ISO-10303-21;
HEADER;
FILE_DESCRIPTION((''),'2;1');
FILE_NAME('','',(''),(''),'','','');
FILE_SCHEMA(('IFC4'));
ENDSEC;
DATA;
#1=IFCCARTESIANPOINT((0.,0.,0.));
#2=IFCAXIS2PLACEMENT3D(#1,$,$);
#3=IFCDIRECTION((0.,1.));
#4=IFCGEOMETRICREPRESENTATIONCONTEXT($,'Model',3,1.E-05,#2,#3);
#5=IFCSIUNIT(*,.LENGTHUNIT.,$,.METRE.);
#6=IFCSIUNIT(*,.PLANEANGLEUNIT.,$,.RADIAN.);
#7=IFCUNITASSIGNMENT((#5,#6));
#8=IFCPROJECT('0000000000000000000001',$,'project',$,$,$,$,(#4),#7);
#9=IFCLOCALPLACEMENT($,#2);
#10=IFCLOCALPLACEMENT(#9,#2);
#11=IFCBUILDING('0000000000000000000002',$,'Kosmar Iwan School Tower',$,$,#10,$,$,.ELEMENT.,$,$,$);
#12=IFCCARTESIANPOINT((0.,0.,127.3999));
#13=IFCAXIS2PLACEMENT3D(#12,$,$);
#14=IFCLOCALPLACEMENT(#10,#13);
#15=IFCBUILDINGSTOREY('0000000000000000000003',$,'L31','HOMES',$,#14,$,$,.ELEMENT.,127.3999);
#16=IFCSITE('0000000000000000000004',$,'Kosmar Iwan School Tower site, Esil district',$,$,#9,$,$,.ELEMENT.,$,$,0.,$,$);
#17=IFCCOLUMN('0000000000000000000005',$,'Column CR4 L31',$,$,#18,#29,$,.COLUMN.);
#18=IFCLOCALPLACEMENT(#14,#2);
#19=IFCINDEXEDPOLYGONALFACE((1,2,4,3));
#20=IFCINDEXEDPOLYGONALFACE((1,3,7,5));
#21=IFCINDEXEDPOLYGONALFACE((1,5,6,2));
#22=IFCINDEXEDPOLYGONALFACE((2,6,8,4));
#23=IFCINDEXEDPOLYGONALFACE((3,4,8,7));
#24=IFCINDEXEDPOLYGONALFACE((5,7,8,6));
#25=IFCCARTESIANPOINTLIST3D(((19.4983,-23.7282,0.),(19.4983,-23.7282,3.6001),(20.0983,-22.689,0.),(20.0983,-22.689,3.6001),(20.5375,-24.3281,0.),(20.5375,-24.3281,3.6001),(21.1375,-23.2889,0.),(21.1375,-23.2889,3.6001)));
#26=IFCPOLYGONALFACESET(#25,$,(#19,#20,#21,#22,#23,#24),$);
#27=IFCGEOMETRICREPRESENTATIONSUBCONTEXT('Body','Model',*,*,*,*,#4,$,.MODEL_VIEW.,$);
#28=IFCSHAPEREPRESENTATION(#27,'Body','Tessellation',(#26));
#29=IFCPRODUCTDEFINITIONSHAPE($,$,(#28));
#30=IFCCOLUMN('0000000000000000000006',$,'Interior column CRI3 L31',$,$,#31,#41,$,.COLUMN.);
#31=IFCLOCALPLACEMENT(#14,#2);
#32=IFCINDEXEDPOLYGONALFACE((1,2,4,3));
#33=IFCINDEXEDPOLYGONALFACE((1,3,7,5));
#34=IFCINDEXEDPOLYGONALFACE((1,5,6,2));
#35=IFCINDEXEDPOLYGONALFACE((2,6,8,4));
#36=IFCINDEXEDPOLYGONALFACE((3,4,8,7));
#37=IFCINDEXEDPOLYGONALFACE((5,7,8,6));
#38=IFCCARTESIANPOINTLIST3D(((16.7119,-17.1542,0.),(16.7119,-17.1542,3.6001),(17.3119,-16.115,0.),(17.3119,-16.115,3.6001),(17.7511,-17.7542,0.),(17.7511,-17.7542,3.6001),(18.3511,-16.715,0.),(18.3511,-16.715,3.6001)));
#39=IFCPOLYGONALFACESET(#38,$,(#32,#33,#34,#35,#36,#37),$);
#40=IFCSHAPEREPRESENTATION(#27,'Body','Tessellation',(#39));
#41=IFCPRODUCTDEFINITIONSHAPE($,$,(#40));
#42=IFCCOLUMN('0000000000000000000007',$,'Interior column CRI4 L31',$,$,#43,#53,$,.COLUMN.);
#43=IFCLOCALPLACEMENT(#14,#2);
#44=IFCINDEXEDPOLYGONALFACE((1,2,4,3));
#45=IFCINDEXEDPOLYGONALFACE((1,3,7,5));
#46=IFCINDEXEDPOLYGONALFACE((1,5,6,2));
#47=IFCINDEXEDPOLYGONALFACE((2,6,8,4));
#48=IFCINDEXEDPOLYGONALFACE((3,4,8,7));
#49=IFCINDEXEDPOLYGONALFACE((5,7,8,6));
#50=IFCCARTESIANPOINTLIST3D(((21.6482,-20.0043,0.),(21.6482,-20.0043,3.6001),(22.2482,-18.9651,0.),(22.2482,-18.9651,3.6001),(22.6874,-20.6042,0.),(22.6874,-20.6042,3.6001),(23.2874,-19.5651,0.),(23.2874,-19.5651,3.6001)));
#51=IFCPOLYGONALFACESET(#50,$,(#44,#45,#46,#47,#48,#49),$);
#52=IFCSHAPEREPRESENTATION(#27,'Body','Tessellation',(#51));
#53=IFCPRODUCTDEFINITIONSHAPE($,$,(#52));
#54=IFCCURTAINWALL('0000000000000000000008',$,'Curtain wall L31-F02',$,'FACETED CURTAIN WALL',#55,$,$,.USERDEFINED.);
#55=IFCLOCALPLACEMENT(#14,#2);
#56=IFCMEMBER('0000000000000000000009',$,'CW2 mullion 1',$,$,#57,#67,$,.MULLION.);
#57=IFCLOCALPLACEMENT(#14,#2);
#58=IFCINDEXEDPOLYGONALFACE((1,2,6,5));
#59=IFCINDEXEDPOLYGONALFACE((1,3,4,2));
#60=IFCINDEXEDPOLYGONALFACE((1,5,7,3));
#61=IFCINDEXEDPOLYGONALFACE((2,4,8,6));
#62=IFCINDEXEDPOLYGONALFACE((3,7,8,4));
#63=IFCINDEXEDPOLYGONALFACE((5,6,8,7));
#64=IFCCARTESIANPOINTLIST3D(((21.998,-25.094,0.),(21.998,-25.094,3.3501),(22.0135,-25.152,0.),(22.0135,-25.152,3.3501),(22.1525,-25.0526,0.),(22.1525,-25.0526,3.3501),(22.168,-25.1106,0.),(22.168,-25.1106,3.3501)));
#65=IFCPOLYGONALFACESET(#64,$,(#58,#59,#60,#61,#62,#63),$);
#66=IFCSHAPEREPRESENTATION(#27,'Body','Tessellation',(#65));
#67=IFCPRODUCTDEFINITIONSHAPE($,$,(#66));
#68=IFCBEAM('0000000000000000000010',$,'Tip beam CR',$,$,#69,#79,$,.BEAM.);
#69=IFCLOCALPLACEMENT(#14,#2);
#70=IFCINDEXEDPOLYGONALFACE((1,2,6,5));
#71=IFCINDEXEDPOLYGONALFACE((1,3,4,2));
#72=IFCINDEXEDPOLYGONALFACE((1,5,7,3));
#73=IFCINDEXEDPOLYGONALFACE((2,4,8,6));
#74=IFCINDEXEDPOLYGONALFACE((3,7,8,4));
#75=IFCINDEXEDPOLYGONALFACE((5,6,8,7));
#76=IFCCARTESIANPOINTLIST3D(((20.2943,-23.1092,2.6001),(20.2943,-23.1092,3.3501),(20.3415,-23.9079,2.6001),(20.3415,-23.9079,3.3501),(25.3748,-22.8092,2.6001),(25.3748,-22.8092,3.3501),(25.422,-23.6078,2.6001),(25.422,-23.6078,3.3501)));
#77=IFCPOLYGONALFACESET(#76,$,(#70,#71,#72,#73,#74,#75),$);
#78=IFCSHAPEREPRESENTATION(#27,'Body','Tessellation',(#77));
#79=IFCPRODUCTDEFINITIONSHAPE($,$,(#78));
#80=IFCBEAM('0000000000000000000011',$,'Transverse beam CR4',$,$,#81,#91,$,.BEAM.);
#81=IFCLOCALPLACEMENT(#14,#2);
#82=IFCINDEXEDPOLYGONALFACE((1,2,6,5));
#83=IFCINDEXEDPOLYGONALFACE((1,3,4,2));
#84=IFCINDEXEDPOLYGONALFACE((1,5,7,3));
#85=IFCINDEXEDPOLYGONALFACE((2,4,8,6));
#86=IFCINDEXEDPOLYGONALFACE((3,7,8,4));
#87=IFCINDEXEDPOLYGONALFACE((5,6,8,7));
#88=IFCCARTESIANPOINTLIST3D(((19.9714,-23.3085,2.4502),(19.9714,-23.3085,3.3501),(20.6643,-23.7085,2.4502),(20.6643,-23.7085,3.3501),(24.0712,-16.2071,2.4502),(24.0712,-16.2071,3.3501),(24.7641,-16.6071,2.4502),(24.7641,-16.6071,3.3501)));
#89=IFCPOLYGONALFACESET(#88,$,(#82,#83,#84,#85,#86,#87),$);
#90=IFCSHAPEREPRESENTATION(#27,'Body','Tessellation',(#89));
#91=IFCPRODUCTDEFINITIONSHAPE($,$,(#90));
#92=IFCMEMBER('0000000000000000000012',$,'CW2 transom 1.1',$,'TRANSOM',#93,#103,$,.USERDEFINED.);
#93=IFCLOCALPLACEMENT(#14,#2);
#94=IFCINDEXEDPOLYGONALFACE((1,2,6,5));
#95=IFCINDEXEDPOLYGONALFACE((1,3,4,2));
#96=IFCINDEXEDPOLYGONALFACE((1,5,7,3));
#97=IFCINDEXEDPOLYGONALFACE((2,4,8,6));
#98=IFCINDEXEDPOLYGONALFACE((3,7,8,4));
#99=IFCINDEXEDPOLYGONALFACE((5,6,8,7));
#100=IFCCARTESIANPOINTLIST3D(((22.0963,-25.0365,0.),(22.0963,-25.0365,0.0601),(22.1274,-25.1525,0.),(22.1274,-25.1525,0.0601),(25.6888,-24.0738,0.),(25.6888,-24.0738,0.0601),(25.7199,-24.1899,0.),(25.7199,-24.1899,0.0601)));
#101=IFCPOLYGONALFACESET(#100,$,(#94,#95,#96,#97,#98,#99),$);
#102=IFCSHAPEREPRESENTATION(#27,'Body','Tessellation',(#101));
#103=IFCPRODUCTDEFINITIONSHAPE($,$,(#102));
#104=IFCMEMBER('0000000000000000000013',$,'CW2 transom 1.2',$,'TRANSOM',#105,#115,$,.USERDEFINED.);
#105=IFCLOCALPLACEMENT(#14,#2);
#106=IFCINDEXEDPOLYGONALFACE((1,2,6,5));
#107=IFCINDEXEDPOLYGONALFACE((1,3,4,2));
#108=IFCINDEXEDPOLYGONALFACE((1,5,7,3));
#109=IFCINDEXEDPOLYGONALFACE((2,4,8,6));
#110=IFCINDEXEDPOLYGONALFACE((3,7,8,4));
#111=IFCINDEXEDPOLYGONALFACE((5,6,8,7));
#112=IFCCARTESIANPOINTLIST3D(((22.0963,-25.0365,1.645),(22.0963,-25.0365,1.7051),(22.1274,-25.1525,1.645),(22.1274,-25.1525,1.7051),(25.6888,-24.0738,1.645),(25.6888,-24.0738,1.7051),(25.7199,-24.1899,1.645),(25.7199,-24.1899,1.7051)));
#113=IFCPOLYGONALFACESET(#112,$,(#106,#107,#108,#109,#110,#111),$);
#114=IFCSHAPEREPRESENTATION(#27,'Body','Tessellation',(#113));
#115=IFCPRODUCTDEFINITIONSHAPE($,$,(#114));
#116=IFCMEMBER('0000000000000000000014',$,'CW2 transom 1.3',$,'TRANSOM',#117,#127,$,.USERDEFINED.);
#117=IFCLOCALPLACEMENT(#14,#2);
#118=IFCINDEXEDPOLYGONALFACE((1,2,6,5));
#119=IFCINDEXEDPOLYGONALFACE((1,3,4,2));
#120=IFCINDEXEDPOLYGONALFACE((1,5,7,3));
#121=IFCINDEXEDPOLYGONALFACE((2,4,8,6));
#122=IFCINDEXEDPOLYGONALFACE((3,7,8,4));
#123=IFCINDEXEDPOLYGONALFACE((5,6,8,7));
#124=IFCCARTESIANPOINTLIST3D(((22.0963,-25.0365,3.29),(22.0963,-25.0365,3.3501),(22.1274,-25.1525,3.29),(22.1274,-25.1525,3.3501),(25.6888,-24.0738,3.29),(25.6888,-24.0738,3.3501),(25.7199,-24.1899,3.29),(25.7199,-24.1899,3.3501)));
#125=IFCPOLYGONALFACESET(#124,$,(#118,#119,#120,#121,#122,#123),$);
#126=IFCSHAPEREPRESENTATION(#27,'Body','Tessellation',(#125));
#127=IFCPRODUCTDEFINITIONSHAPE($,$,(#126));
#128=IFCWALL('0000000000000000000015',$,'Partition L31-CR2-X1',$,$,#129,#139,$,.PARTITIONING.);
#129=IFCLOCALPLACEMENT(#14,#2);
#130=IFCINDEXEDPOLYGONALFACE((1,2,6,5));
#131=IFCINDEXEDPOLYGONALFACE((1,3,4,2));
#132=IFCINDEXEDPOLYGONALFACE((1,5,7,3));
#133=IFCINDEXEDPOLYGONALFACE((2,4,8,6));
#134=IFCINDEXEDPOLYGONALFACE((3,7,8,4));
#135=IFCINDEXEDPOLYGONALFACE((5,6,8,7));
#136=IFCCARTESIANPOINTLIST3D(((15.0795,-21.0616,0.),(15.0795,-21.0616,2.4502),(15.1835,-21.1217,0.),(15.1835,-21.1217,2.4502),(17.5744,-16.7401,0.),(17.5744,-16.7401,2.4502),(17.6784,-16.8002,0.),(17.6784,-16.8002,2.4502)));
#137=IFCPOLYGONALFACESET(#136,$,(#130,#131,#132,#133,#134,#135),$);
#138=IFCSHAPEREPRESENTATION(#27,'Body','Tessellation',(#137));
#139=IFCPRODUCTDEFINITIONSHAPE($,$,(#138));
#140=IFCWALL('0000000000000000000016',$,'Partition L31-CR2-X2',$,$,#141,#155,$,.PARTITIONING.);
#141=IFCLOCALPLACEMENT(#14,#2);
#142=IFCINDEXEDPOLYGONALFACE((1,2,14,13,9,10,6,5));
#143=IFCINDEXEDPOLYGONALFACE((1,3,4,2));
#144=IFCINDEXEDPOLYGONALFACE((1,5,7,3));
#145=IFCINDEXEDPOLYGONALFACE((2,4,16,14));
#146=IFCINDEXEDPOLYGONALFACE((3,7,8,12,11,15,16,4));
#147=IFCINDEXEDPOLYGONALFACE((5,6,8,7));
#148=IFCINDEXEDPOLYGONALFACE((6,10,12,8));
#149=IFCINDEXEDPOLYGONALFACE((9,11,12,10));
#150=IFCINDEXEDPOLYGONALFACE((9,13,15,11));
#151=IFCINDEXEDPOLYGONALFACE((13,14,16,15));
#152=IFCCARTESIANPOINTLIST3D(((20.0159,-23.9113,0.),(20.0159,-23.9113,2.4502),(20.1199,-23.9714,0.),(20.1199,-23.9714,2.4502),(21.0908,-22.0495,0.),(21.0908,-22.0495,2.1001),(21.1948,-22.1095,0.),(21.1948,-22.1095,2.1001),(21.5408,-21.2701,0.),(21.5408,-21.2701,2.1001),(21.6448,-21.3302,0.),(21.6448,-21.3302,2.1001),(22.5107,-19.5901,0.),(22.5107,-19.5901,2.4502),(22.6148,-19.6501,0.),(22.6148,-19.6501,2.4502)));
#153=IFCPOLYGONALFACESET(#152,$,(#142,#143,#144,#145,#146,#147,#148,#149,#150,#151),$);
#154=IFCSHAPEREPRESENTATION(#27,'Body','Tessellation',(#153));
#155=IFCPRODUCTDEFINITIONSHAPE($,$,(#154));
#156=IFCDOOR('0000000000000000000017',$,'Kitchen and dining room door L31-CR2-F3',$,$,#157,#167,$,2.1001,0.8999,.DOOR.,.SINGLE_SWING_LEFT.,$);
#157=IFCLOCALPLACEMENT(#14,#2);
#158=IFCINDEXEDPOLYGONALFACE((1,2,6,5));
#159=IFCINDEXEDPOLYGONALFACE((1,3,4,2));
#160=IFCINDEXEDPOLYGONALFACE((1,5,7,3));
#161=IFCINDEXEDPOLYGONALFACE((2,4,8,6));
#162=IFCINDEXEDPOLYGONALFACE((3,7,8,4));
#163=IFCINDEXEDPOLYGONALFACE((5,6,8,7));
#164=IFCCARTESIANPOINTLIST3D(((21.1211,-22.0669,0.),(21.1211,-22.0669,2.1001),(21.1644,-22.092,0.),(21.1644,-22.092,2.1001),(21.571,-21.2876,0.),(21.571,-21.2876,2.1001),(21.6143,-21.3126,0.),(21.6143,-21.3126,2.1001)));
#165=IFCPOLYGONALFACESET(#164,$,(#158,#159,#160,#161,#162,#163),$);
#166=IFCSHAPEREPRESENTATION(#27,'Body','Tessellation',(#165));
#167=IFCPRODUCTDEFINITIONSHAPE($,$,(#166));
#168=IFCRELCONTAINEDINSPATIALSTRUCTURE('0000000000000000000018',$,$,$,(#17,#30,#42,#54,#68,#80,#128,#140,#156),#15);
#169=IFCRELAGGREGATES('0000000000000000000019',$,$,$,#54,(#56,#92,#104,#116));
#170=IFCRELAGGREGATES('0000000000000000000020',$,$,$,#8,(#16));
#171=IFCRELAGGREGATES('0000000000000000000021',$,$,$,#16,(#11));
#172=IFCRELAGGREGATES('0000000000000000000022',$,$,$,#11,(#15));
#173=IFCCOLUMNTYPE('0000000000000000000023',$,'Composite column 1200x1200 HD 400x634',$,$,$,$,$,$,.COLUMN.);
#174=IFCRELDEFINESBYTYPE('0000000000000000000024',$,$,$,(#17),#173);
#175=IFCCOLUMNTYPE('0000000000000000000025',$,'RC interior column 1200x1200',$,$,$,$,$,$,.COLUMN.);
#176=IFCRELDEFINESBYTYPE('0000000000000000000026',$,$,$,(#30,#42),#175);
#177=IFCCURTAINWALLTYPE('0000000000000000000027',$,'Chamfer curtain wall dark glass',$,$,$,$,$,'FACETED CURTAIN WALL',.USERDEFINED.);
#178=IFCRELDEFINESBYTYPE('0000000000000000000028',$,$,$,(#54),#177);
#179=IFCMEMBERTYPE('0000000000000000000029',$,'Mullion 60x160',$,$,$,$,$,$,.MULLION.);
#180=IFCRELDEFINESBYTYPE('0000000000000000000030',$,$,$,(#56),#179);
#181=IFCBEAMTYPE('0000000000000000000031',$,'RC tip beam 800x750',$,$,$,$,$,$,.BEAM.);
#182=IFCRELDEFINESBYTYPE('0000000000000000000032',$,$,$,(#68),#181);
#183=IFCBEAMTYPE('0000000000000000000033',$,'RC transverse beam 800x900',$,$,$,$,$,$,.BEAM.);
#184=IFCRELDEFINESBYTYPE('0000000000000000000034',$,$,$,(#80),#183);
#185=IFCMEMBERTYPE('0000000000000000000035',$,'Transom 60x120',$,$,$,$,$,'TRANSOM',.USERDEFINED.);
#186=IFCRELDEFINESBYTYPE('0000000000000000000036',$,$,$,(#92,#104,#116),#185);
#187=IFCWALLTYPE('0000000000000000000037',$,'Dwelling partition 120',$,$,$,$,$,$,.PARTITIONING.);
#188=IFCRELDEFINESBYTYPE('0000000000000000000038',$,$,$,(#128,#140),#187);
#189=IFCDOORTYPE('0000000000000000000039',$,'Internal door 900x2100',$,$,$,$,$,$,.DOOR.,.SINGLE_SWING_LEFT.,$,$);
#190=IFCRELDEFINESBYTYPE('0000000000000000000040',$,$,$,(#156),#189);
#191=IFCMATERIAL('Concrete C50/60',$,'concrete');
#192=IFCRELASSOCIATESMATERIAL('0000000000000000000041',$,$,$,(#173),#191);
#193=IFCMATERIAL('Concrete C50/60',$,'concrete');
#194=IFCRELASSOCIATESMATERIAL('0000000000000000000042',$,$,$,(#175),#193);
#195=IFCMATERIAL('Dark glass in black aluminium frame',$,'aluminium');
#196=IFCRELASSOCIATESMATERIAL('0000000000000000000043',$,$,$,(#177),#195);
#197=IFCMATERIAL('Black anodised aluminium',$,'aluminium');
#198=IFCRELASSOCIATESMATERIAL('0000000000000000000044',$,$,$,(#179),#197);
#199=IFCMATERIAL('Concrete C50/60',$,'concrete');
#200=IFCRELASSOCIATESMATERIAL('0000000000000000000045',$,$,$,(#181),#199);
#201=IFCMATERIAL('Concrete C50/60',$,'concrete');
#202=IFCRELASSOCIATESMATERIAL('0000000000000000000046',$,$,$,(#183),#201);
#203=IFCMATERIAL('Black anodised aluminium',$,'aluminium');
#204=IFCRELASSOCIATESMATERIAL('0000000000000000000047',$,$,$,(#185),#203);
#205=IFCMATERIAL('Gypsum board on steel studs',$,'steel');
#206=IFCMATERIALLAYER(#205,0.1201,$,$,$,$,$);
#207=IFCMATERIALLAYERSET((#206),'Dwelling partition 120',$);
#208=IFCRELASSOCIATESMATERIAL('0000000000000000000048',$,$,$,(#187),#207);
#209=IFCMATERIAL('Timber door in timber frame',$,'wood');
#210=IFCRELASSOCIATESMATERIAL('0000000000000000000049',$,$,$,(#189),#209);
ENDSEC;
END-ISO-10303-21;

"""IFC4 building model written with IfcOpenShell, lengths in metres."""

from ifc_helpers import new_model, si_unit, direction, frame, frame_2d, origin, origin_2d, place, context, subcontext, project, spatial, rectangle, extrude, material, layer, layer_set, material_profile, profile_set, type_object, element, fill, aggregate, save


model = new_model("IFC4")

# Units and contexts
model_context = context("Model", 3, precision=1e-05, world=origin(), true_north=direction((0.0, 1.0)))
body_context = subcontext(model_context, "Body", "Model", "MODEL_VIEW")
ifc_project = project(units=[si_unit("LENGTHUNIT", "METRE"), si_unit("PLANEANGLEUNIT", "RADIAN")], contexts=[model_context])

# Site, building, storey
site_placement = place(None, origin())
site = spatial("IfcSite", under=ifc_project, at=site_placement, Name="Kosmar Iwan School Tower site, Esil district", CompositionType="ELEMENT", RefElevation=0.0)
building_placement = place(site_placement, origin())
building = spatial("IfcBuilding", under=site, at=building_placement, Name="Kosmar Iwan School Tower", CompositionType="ELEMENT")
storey_placement = place(building_placement, frame((0.0, 0.0, 127.3999)))
storey = spatial("IfcBuildingStorey", under=building, at=storey_placement, Name="L31", Description="HOMES", CompositionType="ELEMENT", Elevation=127.3999)

# Columns
ifc_material_1 = material(Name="Concrete C50/60", Category="concrete")
ifc_material_profile_1 = material_profile(ifc_material_1, rectangle(XDim=1.2, YDim=1.2, at=origin_2d()), Name="RC 1200x1200 + HD 400x634")
ifc_profile_set_1 = profile_set([ifc_material_profile_1], Name="Concrete C50/60")
column_type_1 = type_object("IfcColumnType", Name="Composite column 1200x1200 HD 400x634", PredefinedType="COLUMN", material=ifc_profile_set_1)
column_placement = place(storey_placement, frame((20.3179, -23.5085, 0.0), z_axis=(0.0, 0.0, 1.0), x_axis=(0.866025, -0.5, 0.0)))
element("IfcColumn", 1, at=column_placement, inside=storey, type_object=column_type_1, Name="Column CR4 L31", PredefinedType="COLUMN", context=body_context, shape_type="SweptSolid", body=[
    extrude(rectangle(XDim=1.2, YDim=1.2, at=origin_2d()), origin(), (0.0, 0.0, 1.0), 3.6001),
])
ifc_material_2 = material(Name="Concrete C50/60", Category="concrete")
ifc_material_profile_2 = material_profile(ifc_material_2, rectangle(XDim=1.2, YDim=1.2, at=origin_2d()), Name="RC 1200x1200")
ifc_profile_set_2 = profile_set([ifc_material_profile_2], Name="Concrete C50/60")
column_type_2 = type_object("IfcColumnType", Name="RC interior column 1200x1200", PredefinedType="COLUMN", material=ifc_profile_set_2)
for number, where, z_axis, x_axis, name in (
    (2, (17.5315, -16.9346, 0.0), (0.0, 0.0, 1.0), (0.866025, -0.5, 0.0), "Interior column CRI3 L31"),
    (3, (22.4678, -19.7847, 0.0), (0.0, 0.0, 1.0), (0.866025, -0.5, 0.0), "Interior column CRI4 L31"),
):
    element("IfcColumn", number, at=place(storey_placement, frame(where, z_axis=z_axis, x_axis=x_axis)), inside=storey, type_object=column_type_2, Name=name, PredefinedType="COLUMN", context=body_context, shape_type="SweptSolid", body=[
        extrude(rectangle(XDim=1.2, YDim=1.2, at=origin_2d()), origin(), (0.0, 0.0, 1.0), 3.6001),
    ])

# Curtain wall, member
ifc_material_3 = material(Name="Dark glass in black aluminium frame", Category="aluminium")
curtain_wall_type = type_object("IfcCurtainWallType", Name="Chamfer curtain wall dark glass", ElementType="FACETED CURTAIN WALL", PredefinedType="USERDEFINED", material=ifc_material_3)
curtain_wall_placement = place(storey_placement, origin())
curtain_wall = element("IfcCurtainWall", 4, at=curtain_wall_placement, inside=storey, type_object=curtain_wall_type, Name="Curtain wall L31-F02", ObjectType="FACETED CURTAIN WALL", PredefinedType="USERDEFINED")
ifc_material_4 = material(Name="Black anodised aluminium", Category="aluminium")
ifc_material_profile_3 = material_profile(ifc_material_4, rectangle(XDim=0.0601, YDim=0.1599, at=origin_2d()), Name="MULLION 60x160")
ifc_profile_set_3 = profile_set([ifc_material_profile_3], Name="Black anodised aluminium")
member_type_1 = type_object("IfcMemberType", Name="Mullion 60x160", PredefinedType="MULLION", material=ifc_profile_set_3)
member_1_placement = place(storey_placement, frame((22.083, -25.1023, 0.0), z_axis=(0.0, 0.0, 1.0), x_axis=(-0.258819, 0.965926, 0.0)))
member_1 = element("IfcMember", 5, at=member_1_placement, type_object=member_type_1, Name="CW2 mullion 1", PredefinedType="MULLION", context=body_context, shape_type="SweptSolid", body=[
    extrude(rectangle(XDim=0.0601, YDim=0.1599, at=origin_2d()), origin(), (0.0, 0.0, 1.0), 3.3501),
])

# Beams
ifc_material_5 = material(Name="Concrete C50/60", Category="concrete")
ifc_material_profile_4 = material_profile(ifc_material_5, rectangle(XDim=0.8, YDim=0.75, at=origin_2d()), Name="RC 800x750")
ifc_profile_set_4 = profile_set([ifc_material_profile_4], Name="Concrete C50/60")
beam_type_1 = type_object("IfcBeamType", Name="RC tip beam 800x750", PredefinedType="BEAM", material=ifc_profile_set_4)
beam_1_placement = place(storey_placement, frame((20.3179, -23.5085, 2.9751), z_axis=(0.998261, 0.058955, 0.0), x_axis=(-0.058955, 0.998261, 0.0)))
element("IfcBeam", 6, at=beam_1_placement, inside=storey, type_object=beam_type_1, Name="Tip beam CR", PredefinedType="BEAM", context=body_context, shape_type="SweptSolid", body=[
    extrude(rectangle(XDim=0.8, YDim=0.75, at=origin_2d()), origin(), (0.0, 0.0, 1.0), 5.0894),
])
ifc_material_6 = material(Name="Concrete C50/60", Category="concrete")
ifc_material_profile_5 = material_profile(ifc_material_6, rectangle(XDim=0.8, YDim=0.8999, at=origin_2d()), Name="RC 800x900")
ifc_profile_set_5 = profile_set([ifc_material_profile_5], Name="Concrete C50/60")
beam_type_2 = type_object("IfcBeamType", Name="RC transverse beam 800x900", PredefinedType="BEAM", material=ifc_profile_set_5)
beam_2_placement = place(storey_placement, frame((20.3179, -23.5085, 2.9001), z_axis=(0.499978, 0.866038, 0.0), x_axis=(-0.866038, 0.499978, 0.0)))
element("IfcBeam", 7, at=beam_2_placement, inside=storey, type_object=beam_type_2, Name="Transverse beam CR4", PredefinedType="BEAM", context=body_context, shape_type="SweptSolid", body=[
    extrude(rectangle(XDim=0.8, YDim=0.8999, at=origin_2d()), origin(), (0.0, 0.0, 1.0), 8.2),
])

# Members
ifc_material_7 = material(Name="Black anodised aluminium", Category="aluminium")
ifc_material_profile_6 = material_profile(ifc_material_7, rectangle(XDim=0.1201, YDim=0.0601, at=origin_2d()), Name="TRANSOM 60x120")
ifc_profile_set_6 = profile_set([ifc_material_profile_6], Name="Black anodised aluminium")
member_type_2 = type_object("IfcMemberType", Name="Transom 60x120", ElementType="TRANSOM", PredefinedType="USERDEFINED", material=ifc_profile_set_6)
member_2_placement = place(storey_placement, frame((22.1118, -25.0945, 0.03), z_axis=(0.965924, 0.258827, 0.0), x_axis=(-0.258827, 0.965924, 0.0)))
member_2 = element("IfcMember", 8, at=member_2_placement, type_object=member_type_2, Name="CW2 transom 1.1", ObjectType="TRANSOM", PredefinedType="USERDEFINED", context=body_context, shape_type="SweptSolid", body=[
    extrude(rectangle(XDim=0.1201, YDim=0.0601, at=origin_2d()), origin(), (0.0, 0.0, 1.0), 3.7192),
])
member_3_placement = place(storey_placement, frame((22.1118, -25.0945, 1.675), z_axis=(0.965924, 0.258827, 0.0), x_axis=(-0.258827, 0.965924, 0.0)))
member_3 = element("IfcMember", 9, at=member_3_placement, type_object=member_type_2, Name="CW2 transom 1.2", ObjectType="TRANSOM", PredefinedType="USERDEFINED", context=body_context, shape_type="SweptSolid", body=[
    extrude(rectangle(XDim=0.1201, YDim=0.0601, at=origin_2d()), origin(), (0.0, 0.0, 1.0), 3.7192),
])
member_4_placement = place(storey_placement, frame((22.1118, -25.0945, 3.3201), z_axis=(0.965924, 0.258827, 0.0), x_axis=(-0.258827, 0.965924, 0.0)))
member_4 = element("IfcMember", 10, at=member_4_placement, type_object=member_type_2, Name="CW2 transom 1.3", ObjectType="TRANSOM", PredefinedType="USERDEFINED", context=body_context, shape_type="SweptSolid", body=[
    extrude(rectangle(XDim=0.1201, YDim=0.0601, at=origin_2d()), origin(), (0.0, 0.0, 1.0), 3.7192),
])
aggregate(curtain_wall, [member_1, member_2, member_3, member_4])

# Wall
ifc_material_8 = material(Name="Gypsum board on steel studs", Category="steel")
ifc_layer = layer(ifc_material_8, 0.1201)
ifc_layer_set = layer_set([ifc_layer], Name="Dwelling partition 120")
wall_type = type_object("IfcWallType", Name="Dwelling partition 120", PredefinedType="PARTITIONING", material=ifc_layer_set)
wall_1_placement = place(storey_placement, frame((17.6265, -16.77, 0.0), z_axis=(0.0, 0.0, 1.0), x_axis=(-0.499975, -0.86604, 0.0)))
element("IfcWall", 11, at=wall_1_placement, inside=storey, type_object=wall_type, Name="Partition L31-CR2-X1", PredefinedType="PARTITIONING", context=body_context, shape_type="SweptSolid", body=[
    extrude(rectangle(XDim=4.99, YDim=0.1201, at=frame_2d((2.4951, 0.0))), origin(), (0.0, 0.0, 1.0), 2.4502),
])

# Wall, opening, door
wall_2_placement = place(storey_placement, frame((22.5627, -19.6201, 0.0), z_axis=(0.0, 0.0, 1.0), x_axis=(-0.499996, -0.866028, 0.0)))
wall_2 = element("IfcWall", 12, at=wall_2_placement, inside=storey, type_object=wall_type, Name="Partition L31-CR2-X2", PredefinedType="PARTITIONING", context=body_context, shape_type="SweptSolid", body=[
    extrude(rectangle(XDim=4.9897, YDim=0.1201, at=frame_2d((2.4949, 0.0))), origin(), (0.0, 0.0, 1.0), 2.4502),
])
opening_placement = place(wall_2_placement, frame((1.9399, 0.0, 0.0)))
opening = element("IfcOpeningElement", 13, at=opening_placement, cuts=wall_2, PredefinedType="OPENING", context=body_context, shape_type="SweptSolid", body=[
    extrude(rectangle(XDim=0.8999, YDim=2.1001, at=frame_2d((0.45, 1.05))), frame((0.0, 0.072, 0.0), z_axis=(0.0, -1.0, 0.0), x_axis=(1.0, 0.0, 0.0)), (0.0, 0.0, 1.0), 0.144),
])
ifc_material_9 = material(Name="Timber door in timber frame", Category="wood")
door_type = type_object("IfcDoorType", Name="Internal door 900x2100", OperationType="SINGLE_SWING_LEFT", PredefinedType="DOOR", material=ifc_material_9)
door_placement = place(opening_placement, origin())
door = element("IfcDoor", 14, at=door_placement, inside=storey, type_object=door_type, Name="Kitchen and dining room door L31-CR2-F3", OperationType="SINGLE_SWING_LEFT", OverallHeight=2.1001, OverallWidth=0.8999, PredefinedType="DOOR", context=body_context, shape_type="SweptSolid", body=[
    extrude(rectangle(XDim=0.8999, YDim=2.1001, at=frame_2d((0.45, 1.05))), frame((0.0, 0.0249, 0.0), z_axis=(0.0, -1.0, 0.0), x_axis=(1.0, 0.0, 0.0)), (0.0, 0.0, 1.0), 0.05),
])
fill(opening, door)

save(model, "model.ifc")
